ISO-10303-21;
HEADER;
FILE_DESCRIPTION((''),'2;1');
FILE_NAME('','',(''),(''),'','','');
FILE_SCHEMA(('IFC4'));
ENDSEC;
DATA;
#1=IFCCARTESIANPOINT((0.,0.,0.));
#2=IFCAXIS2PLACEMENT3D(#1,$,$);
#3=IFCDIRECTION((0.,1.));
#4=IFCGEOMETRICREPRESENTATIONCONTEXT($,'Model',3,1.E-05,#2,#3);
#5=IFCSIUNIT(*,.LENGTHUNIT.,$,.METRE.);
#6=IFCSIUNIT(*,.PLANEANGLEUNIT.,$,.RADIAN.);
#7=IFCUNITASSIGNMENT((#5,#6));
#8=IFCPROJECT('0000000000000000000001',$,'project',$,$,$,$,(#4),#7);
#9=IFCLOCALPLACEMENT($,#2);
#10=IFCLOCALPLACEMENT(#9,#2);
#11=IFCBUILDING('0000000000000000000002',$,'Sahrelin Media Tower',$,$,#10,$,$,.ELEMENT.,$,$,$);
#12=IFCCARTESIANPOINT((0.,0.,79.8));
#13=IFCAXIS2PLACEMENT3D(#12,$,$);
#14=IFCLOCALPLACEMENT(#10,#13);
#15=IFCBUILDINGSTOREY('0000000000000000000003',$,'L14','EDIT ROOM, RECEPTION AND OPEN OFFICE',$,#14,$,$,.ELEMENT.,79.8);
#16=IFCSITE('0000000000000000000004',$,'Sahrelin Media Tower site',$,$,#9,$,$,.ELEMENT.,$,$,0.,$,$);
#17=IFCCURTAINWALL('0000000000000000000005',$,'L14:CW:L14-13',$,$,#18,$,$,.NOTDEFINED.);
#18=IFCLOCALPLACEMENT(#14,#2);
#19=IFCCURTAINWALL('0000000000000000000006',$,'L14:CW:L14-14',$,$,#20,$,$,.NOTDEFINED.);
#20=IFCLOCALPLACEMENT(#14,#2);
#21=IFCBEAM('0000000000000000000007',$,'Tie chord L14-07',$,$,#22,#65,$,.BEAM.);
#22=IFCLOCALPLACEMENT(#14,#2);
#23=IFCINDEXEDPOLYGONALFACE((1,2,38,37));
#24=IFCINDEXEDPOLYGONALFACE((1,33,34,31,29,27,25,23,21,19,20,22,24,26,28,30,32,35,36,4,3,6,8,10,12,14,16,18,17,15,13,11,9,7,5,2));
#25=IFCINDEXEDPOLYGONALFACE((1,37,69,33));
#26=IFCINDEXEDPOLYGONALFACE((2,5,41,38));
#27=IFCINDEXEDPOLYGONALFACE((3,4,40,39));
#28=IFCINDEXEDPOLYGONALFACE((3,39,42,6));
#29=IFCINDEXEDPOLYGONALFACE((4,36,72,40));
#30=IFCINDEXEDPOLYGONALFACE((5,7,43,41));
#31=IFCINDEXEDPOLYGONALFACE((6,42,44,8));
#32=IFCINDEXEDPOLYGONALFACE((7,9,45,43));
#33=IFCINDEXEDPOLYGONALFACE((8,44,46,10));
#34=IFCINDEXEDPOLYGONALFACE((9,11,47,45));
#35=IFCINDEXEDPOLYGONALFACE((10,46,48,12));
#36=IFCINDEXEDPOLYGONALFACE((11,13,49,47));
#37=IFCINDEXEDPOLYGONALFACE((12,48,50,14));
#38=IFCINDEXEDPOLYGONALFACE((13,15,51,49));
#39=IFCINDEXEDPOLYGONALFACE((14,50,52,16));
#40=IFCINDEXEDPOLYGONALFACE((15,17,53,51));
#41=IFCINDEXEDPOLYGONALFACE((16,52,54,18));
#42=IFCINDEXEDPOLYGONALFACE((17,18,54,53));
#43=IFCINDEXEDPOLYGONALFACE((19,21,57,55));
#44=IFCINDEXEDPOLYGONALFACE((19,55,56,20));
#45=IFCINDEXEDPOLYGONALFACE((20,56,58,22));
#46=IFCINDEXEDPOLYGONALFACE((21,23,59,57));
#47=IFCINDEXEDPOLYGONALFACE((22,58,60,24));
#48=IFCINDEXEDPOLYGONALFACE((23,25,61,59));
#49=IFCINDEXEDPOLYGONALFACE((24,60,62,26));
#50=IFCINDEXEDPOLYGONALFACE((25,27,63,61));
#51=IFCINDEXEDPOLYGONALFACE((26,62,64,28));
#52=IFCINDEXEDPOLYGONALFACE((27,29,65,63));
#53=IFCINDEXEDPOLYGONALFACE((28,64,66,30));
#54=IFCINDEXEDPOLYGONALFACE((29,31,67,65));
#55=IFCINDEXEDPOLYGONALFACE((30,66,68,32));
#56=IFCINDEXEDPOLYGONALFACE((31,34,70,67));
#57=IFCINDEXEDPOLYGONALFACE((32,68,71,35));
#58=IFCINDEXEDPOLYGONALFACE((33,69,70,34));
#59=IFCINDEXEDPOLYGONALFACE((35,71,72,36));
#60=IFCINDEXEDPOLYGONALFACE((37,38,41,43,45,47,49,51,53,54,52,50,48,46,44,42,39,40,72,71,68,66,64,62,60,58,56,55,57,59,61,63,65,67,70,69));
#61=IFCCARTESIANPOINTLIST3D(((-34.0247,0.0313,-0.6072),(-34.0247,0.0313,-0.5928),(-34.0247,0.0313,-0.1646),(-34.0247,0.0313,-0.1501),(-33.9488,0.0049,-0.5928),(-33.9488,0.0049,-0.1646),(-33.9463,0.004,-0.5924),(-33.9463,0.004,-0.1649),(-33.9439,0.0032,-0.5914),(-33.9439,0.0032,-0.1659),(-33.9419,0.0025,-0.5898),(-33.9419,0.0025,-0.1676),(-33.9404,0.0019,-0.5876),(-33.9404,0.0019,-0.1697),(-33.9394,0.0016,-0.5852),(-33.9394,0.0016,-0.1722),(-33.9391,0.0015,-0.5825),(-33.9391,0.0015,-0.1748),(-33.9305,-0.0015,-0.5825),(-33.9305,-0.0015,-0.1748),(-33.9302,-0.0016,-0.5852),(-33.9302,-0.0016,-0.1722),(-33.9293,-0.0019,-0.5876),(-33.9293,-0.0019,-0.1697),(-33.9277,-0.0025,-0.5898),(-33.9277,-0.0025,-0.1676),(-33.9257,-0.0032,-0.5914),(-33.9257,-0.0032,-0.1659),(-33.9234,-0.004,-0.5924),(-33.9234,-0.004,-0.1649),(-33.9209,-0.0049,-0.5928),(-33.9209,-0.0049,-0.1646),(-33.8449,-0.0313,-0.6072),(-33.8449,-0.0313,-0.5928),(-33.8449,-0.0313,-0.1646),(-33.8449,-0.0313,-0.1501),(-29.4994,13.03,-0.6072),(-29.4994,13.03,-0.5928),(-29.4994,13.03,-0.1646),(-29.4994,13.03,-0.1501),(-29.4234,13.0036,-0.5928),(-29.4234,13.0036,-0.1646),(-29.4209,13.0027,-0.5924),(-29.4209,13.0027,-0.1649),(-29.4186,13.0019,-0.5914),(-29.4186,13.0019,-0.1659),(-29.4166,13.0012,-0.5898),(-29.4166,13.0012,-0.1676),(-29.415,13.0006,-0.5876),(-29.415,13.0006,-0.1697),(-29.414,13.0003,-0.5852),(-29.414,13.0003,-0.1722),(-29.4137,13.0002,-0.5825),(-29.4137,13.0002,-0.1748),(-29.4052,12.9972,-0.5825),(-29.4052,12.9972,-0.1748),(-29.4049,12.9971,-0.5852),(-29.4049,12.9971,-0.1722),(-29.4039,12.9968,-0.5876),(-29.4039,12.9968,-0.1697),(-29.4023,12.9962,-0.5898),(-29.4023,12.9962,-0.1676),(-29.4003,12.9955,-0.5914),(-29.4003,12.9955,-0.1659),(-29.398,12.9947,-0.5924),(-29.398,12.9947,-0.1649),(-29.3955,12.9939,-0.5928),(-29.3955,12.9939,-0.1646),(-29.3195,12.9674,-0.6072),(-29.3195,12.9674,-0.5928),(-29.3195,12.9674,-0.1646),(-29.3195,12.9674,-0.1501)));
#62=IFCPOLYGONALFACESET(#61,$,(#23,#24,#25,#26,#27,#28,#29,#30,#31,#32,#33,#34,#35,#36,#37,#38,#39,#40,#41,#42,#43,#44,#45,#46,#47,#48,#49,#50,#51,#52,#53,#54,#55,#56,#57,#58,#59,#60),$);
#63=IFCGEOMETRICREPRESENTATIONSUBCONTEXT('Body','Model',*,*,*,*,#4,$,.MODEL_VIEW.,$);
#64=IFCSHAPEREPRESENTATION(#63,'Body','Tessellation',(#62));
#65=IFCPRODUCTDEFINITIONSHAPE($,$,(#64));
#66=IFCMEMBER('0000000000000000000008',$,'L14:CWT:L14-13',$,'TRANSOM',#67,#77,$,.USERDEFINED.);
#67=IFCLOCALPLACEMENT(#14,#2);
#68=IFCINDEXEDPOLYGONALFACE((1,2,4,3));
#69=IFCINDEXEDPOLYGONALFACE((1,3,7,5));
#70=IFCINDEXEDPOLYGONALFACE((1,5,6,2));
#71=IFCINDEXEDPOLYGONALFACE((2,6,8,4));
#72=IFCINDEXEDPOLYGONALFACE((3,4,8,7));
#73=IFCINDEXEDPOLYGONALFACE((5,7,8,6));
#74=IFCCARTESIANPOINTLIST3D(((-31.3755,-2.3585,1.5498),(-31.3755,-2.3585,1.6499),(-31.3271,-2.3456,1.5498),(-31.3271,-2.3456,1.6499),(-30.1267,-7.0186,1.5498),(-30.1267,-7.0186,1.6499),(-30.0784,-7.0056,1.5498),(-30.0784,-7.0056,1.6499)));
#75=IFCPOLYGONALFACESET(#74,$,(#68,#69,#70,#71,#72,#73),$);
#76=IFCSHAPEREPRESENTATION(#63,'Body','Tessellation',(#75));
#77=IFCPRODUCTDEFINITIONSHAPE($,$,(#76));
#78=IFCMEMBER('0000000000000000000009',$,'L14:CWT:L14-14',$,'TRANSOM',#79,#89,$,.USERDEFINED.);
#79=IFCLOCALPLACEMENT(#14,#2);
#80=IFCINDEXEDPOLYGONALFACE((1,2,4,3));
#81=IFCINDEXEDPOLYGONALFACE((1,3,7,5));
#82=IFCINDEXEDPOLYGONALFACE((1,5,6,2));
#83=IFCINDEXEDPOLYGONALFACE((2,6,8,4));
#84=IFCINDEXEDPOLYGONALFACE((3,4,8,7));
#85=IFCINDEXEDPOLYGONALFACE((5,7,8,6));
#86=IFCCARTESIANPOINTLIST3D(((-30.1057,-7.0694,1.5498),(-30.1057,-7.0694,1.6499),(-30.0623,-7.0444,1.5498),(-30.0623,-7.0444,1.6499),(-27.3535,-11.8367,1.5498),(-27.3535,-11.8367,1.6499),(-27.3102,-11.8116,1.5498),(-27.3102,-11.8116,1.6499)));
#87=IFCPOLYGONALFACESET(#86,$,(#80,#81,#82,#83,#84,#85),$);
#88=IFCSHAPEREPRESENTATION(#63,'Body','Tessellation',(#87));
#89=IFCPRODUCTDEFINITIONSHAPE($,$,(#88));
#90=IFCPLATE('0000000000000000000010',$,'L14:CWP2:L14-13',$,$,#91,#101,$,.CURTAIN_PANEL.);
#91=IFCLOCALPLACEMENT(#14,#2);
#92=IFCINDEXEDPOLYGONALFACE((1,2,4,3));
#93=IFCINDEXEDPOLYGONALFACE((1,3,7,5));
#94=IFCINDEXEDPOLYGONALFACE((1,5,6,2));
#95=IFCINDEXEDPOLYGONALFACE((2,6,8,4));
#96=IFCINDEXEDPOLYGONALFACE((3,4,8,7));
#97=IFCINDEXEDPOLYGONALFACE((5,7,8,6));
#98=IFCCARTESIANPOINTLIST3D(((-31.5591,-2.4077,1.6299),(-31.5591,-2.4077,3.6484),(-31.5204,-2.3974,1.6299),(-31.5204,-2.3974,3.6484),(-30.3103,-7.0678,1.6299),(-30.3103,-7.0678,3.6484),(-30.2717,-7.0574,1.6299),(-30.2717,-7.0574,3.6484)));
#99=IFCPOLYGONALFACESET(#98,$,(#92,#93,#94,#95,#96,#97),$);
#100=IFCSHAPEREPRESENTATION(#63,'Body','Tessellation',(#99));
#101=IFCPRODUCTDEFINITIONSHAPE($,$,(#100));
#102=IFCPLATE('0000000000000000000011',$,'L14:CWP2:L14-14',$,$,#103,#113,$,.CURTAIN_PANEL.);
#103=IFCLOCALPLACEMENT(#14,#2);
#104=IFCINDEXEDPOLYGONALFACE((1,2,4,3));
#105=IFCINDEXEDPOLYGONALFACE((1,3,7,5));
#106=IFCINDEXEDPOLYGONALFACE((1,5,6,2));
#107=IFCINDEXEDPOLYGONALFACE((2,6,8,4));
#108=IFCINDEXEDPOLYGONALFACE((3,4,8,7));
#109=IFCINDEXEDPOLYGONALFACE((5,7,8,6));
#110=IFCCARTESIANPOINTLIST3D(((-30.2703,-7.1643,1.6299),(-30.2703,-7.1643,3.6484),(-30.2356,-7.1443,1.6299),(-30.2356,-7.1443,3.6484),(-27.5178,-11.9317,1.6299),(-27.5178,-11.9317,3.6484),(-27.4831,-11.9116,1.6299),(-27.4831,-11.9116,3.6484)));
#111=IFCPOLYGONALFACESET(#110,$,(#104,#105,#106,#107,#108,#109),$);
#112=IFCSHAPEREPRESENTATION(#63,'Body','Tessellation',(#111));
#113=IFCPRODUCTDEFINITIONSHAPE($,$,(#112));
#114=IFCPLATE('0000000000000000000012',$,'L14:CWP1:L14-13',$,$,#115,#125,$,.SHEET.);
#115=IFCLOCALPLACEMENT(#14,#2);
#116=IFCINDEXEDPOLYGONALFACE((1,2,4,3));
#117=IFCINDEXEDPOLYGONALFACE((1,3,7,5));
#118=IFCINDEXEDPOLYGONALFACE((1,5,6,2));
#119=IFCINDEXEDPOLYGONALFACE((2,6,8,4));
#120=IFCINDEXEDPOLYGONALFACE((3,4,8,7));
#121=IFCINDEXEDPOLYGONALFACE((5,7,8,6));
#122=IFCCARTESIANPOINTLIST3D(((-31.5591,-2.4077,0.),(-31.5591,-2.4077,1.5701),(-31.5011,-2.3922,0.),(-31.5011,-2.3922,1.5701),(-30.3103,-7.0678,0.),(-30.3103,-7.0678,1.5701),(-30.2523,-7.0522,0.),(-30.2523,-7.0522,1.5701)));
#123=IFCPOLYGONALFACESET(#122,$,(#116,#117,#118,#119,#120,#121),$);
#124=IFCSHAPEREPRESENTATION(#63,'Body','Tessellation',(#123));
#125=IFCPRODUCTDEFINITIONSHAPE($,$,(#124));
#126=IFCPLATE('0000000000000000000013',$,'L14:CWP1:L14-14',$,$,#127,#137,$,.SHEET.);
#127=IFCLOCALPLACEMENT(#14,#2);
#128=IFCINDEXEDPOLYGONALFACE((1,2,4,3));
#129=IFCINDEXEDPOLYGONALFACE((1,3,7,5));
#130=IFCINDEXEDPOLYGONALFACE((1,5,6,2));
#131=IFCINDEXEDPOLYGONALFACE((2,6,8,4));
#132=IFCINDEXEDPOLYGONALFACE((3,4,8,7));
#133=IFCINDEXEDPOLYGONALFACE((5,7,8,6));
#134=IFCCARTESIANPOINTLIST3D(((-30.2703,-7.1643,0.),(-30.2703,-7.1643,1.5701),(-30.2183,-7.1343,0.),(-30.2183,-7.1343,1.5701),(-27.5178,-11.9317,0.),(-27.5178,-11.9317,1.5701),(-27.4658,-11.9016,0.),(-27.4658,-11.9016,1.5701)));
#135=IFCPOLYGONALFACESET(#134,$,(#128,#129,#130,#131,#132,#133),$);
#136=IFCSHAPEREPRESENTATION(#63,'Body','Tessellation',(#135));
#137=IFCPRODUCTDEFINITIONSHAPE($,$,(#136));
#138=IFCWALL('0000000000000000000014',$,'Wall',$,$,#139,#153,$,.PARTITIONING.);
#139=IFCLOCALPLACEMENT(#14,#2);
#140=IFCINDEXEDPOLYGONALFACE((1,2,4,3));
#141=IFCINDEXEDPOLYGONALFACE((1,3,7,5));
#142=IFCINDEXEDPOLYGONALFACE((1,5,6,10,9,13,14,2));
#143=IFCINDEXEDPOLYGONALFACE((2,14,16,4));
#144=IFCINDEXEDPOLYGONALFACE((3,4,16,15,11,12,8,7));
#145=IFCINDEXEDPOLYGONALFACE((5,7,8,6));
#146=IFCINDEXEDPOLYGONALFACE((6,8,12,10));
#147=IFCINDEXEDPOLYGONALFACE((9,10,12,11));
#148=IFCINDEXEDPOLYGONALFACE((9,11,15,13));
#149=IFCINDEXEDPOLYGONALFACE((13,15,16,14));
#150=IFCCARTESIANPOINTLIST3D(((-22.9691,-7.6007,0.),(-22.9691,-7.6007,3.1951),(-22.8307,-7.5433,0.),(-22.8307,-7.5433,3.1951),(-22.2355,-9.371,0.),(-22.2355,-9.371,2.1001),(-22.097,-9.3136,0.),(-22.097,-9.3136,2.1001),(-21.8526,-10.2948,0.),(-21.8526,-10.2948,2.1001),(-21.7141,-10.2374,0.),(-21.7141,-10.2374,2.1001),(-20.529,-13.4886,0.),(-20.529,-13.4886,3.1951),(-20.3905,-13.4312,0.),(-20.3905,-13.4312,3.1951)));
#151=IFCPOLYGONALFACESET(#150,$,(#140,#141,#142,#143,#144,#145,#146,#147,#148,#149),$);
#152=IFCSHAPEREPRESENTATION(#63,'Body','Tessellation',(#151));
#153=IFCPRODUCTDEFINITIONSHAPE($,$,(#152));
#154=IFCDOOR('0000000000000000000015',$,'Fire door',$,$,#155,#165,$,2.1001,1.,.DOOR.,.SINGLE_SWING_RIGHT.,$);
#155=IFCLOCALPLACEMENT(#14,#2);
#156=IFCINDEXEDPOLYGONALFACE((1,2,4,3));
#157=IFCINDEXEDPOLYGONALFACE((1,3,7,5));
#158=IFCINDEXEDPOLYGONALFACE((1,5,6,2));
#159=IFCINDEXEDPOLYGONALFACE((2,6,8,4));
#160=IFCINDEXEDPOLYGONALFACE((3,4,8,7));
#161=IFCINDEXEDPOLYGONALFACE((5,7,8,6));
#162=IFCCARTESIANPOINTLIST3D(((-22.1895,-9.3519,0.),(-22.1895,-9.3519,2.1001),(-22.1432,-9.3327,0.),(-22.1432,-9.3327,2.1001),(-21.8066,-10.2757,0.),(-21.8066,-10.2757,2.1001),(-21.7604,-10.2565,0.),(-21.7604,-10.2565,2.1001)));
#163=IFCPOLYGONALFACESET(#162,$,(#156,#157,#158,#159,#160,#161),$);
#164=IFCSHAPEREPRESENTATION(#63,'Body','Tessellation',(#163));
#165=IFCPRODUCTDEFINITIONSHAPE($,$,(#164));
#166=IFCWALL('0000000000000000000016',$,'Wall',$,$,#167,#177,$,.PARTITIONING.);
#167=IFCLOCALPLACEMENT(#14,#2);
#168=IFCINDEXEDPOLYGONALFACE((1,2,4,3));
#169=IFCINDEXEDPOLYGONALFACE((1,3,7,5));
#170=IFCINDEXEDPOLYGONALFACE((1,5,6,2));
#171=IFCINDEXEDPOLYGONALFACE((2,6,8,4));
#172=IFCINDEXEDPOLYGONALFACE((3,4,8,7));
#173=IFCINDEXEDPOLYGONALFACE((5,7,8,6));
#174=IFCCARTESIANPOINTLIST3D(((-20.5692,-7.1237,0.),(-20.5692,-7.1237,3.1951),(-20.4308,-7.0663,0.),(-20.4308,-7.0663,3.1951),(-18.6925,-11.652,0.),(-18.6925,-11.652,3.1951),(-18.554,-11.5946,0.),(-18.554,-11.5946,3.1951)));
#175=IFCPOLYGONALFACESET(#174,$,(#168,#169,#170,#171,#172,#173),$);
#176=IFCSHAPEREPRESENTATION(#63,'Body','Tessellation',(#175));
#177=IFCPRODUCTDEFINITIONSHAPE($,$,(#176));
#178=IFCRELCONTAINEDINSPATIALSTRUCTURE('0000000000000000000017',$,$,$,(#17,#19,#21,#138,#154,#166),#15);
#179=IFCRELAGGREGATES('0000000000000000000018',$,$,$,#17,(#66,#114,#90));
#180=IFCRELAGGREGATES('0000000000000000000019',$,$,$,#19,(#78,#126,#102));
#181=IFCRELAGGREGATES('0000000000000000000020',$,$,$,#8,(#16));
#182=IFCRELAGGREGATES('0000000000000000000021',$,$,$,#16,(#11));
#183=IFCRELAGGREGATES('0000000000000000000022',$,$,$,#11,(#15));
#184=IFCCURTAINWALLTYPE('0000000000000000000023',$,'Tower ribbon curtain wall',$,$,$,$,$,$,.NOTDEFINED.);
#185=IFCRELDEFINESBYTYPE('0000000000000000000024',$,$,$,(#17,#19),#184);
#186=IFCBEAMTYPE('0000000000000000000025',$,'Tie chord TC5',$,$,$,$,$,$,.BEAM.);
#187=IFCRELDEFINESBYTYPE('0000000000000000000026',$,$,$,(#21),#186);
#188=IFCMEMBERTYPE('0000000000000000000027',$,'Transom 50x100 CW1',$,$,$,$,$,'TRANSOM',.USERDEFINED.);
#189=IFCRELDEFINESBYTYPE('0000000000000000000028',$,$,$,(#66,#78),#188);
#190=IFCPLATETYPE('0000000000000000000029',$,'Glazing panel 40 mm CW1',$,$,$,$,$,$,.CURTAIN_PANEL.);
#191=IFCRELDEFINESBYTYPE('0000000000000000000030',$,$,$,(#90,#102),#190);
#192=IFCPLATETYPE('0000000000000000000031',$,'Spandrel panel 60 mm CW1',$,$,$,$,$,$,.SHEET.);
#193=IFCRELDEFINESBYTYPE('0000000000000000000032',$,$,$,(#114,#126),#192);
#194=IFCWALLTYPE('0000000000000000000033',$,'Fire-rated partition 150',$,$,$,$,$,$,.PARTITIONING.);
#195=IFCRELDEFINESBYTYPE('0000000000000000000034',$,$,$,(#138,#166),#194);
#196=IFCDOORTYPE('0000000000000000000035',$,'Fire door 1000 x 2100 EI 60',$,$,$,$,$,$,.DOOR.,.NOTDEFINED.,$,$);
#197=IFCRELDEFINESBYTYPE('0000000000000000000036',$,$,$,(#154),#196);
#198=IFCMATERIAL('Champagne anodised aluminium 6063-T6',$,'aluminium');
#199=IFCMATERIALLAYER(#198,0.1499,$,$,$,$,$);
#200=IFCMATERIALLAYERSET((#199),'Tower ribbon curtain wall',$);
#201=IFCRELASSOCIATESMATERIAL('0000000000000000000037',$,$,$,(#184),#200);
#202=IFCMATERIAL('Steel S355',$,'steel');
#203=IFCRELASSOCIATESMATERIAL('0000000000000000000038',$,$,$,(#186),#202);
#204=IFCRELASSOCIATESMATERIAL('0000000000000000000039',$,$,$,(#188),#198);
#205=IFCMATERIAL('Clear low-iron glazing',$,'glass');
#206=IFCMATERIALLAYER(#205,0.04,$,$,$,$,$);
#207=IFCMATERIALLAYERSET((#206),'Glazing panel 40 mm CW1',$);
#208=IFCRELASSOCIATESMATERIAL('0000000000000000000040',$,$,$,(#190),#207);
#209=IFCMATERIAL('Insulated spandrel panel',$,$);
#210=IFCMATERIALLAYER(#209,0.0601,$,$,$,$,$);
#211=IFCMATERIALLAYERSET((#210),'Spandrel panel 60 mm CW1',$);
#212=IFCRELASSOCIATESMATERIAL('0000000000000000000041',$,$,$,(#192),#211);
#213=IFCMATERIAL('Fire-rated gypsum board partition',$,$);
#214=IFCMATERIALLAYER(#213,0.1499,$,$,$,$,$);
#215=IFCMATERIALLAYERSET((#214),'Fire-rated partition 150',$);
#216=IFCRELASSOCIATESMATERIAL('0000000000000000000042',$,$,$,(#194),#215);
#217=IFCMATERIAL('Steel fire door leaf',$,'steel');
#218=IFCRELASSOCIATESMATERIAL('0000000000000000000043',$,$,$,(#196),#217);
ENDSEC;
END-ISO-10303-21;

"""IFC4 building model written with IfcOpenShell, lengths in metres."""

from ifc_helpers import new_model, si_unit, direction, frame, frame_2d, origin, origin_2d, place, context, subcontext, project, spatial, polyline, rectangle, i_section, outline, extrude, material, layer, layer_set, material_profile, profile_set, type_object, element, fill, aggregate, save


model = new_model("IFC4")

# Units and contexts
model_context = context("Model", 3, precision=1e-05, world=origin(), true_north=direction((0.0, 1.0)))
body_context = subcontext(model_context, "Body", "Model", "MODEL_VIEW")
ifc_project = project(units=[si_unit("LENGTHUNIT", "METRE"), si_unit("PLANEANGLEUNIT", "RADIAN")], contexts=[model_context])

# Site, building, storey
site_placement = place(None, origin())
site = spatial("IfcSite", under=ifc_project, at=site_placement, Name="Sahrelin Media Tower site", CompositionType="ELEMENT", RefElevation=0.0)
building_placement = place(site_placement, origin())
building = spatial("IfcBuilding", under=site, at=building_placement, Name="Sahrelin Media Tower", CompositionType="ELEMENT")
storey_placement = place(building_placement, frame((0.0, 0.0, 79.8)))
storey = spatial("IfcBuildingStorey", under=building, at=storey_placement, Name="L14", Description="EDIT ROOM, RECEPTION AND OPEN OFFICE", CompositionType="ELEMENT", Elevation=79.8)

# Shared definitions
ifc_material_1 = material(Name="Steel S355", Category="steel")

# Curtain walls
ifc_material_2 = material(Name="Champagne anodised aluminium 6063-T6", Category="aluminium")
ifc_layer_1 = layer(ifc_material_2, 0.1499)
ifc_layer_set_1 = layer_set([ifc_layer_1], Name="Tower ribbon curtain wall")
curtain_wall_type = type_object("IfcCurtainWallType", Name="Tower ribbon curtain wall", PredefinedType="NOTDEFINED", material=ifc_layer_set_1)
curtain_wall_1_placement = place(storey_placement, frame((-30.9153, -4.7327, 0.0), z_axis=(0.0, 0.0, 1.0), x_axis=(1.0, 0.0, 0.0)))
curtain_wall_1 = element("IfcCurtainWall", 1, at=curtain_wall_1_placement, inside=storey, type_object=curtain_wall_type, Name="L14:CW:L14-13", PredefinedType="NOTDEFINED")
curtain_wall_2_placement = place(storey_placement, frame((-28.8767, -9.5381, 0.0), z_axis=(0.0, 0.0, 1.0), x_axis=(1.0, 0.0, 0.0)))
curtain_wall_2 = element("IfcCurtainWall", 2, at=curtain_wall_2_placement, inside=storey, type_object=curtain_wall_type, Name="L14:CW:L14-14", PredefinedType="NOTDEFINED")

# Beam
ifc_material_profile_1 = material_profile(ifc_material_1, i_section(OverallWidth=0.1904, OverallDepth=0.457, WebThickness=0.009, FlangeThickness=0.0144, FilletRadius=0.0103, at=origin_2d()), Name="UB 457x191x74")
ifc_profile_set_1 = profile_set([ifc_material_profile_1], Name="Steel S355")
beam_type_1 = type_object("IfcBeamType", Name="Tie chord TC5", PredefinedType="BEAM", material=ifc_profile_set_1)
beam_1_placement = place(storey_placement, frame((-33.9348, 0.0, -0.3787), z_axis=(0.328785, 0.944405, 0.0), x_axis=(-0.944405, 0.328785, 0.0)))
element("IfcBeam", 3, at=beam_1_placement, inside=storey, type_object=beam_type_1, Name="Tie chord L14-07", PredefinedType="BEAM", context=body_context, shape_type="SweptSolid", body=[
    extrude(i_section(OverallWidth=0.1904, OverallDepth=0.457, WebThickness=0.009, FlangeThickness=0.0144, FilletRadius=0.0103, at=origin_2d()), origin(), (0.0, 0.0, 1.0), 13.7639),
])

# Members
ifc_material_profile_2 = material_profile(ifc_material_2, rectangle(XDim=0.05, YDim=0.1001, at=origin_2d()), Name="Transom 50x100")
ifc_profile_set_2 = profile_set([ifc_material_profile_2], Name="Champagne anodised aluminium 6063-T6")
member_type_1 = type_object("IfcMemberType", Name="Transom 50x100 CW1", ElementType="TRANSOM", PredefinedType="USERDEFINED", material=ifc_profile_set_2)
member_1_placement = place(storey_placement, frame((-31.3513, -2.3521, 1.5999), z_axis=(0.258837, -0.965921, 0.0), x_axis=(0.965921, 0.258837, 0.0)))
member_1 = element("IfcMember", 4, at=member_1_placement, type_object=member_type_1, Name="L14:CWT:L14-13", ObjectType="TRANSOM", PredefinedType="USERDEFINED", context=body_context, shape_type="SweptSolid", body=[
    extrude(rectangle(XDim=0.05, YDim=0.1001, at=origin_2d()), origin(), (0.0, 0.0, 1.0), 4.8245),
])
member_2_placement = place(storey_placement, frame((-30.084, -7.0569, 1.5999), z_axis=(0.499969, -0.866043, 0.0), x_axis=(0.866043, 0.499969, 0.0)))
member_2 = element("IfcMember", 5, at=member_2_placement, type_object=member_type_1, Name="L14:CWT:L14-14", ObjectType="TRANSOM", PredefinedType="USERDEFINED", context=body_context, shape_type="SweptSolid", body=[
    extrude(rectangle(XDim=0.05, YDim=0.1001, at=origin_2d()), origin(), (0.0, 0.0, 1.0), 5.5046),
])

# Plates
ifc_material_3 = material(Name="Clear low-iron glazing", Category="glass")
ifc_layer_2 = layer(ifc_material_3, 0.04)
ifc_layer_set_2 = layer_set([ifc_layer_2], Name="Glazing panel 40 mm CW1")
plate_type_1 = type_object("IfcPlateType", Name="Glazing panel 40 mm CW1", PredefinedType="CURTAIN_PANEL", material=ifc_layer_set_2)
plate_1_placement = place(storey_placement, frame((-31.5591, -2.4077, 1.6299), z_axis=(-0.965921, -0.258837, 0.0), x_axis=(0.258837, -0.965921, 0.0)))
plate_1 = element("IfcPlate", 6, at=plate_1_placement, type_object=plate_type_1, Name="L14:CWP2:L14-13", PredefinedType="CURTAIN_PANEL", context=body_context, shape_type="SweptSolid", body=[
    extrude(outline(polyline([(0.0, 0.0), (4.8245, 0.0), (4.8245, 2.0186), (0.0, 2.0186), (0.0, 0.0)])), origin(), (0.0, 0.0, -1.0), 0.04),
])
plate_2_placement = place(storey_placement, frame((-30.2703, -7.1643, 1.6299), z_axis=(-0.866024, -0.500003, 0.0), x_axis=(0.500003, -0.866024, 0.0)))
plate_2 = element("IfcPlate", 7, at=plate_2_placement, type_object=plate_type_1, Name="L14:CWP2:L14-14", PredefinedType="CURTAIN_PANEL", context=body_context, shape_type="SweptSolid", body=[
    extrude(outline(polyline([(0.0, 0.0), (5.5049, 0.0), (5.5049, 2.0186), (0.0, 2.0186), (0.0, 0.0)])), origin(), (0.0, 0.0, -1.0), 0.04),
])
ifc_material_4 = material(Name="Insulated spandrel panel")
ifc_layer_3 = layer(ifc_material_4, 0.0601)
ifc_layer_set_3 = layer_set([ifc_layer_3], Name="Spandrel panel 60 mm CW1")
plate_type_2 = type_object("IfcPlateType", Name="Spandrel panel 60 mm CW1", PredefinedType="SHEET", material=ifc_layer_set_3)
plate_3_placement = place(storey_placement, frame((-31.5591, -2.4077, 0.0), z_axis=(-0.965921, -0.258837, 0.0), x_axis=(0.258837, -0.965921, 0.0)))
plate_3 = element("IfcPlate", 8, at=plate_3_placement, type_object=plate_type_2, Name="L14:CWP1:L14-13", PredefinedType="SHEET", context=body_context, shape_type="SweptSolid", body=[
    extrude(outline(polyline([(0.0, 0.0), (4.8245, 0.0), (4.8245, 1.5701), (0.0, 1.5701), (0.0, 0.0)])), origin(), (0.0, 0.0, -1.0), 0.0601),
])
aggregate(curtain_wall_1, [member_1, plate_3, plate_1])
plate_4_placement = place(storey_placement, frame((-30.2703, -7.1643, 0.0), z_axis=(-0.866024, -0.500003, 0.0), x_axis=(0.500003, -0.866024, 0.0)))
plate_4 = element("IfcPlate", 9, at=plate_4_placement, type_object=plate_type_2, Name="L14:CWP1:L14-14", PredefinedType="SHEET", context=body_context, shape_type="SweptSolid", body=[
    extrude(outline(polyline([(0.0, 0.0), (5.5049, 0.0), (5.5049, 1.5701), (0.0, 1.5701), (0.0, 0.0)])), origin(), (0.0, 0.0, -1.0), 0.0601),
])
aggregate(curtain_wall_2, [member_2, plate_4, plate_2])

# Wall, opening, door
ifc_material_5 = material(Name="Fire-rated gypsum board partition")
ifc_layer_4 = layer(ifc_material_5, 0.1499)
ifc_layer_set_4 = layer_set([ifc_layer_4], Name="Fire-rated partition 150")
wall_type_1 = type_object("IfcWallType", Name="Fire-rated partition 150", PredefinedType="PARTITIONING", material=ifc_layer_set_4)
wall_1_placement = place(storey_placement, frame((-22.8999, -7.572, 0.0), z_axis=(0.0, 0.0, 1.0), x_axis=(0.38286, -0.923806, 0.0)))
wall_1 = element("IfcWall", 10, at=wall_1_placement, inside=storey, type_object=wall_type_1, Name="Wall", PredefinedType="PARTITIONING", context=body_context, shape_type="SweptSolid", body=[
    extrude(rectangle(XDim=6.3735, YDim=0.1499, at=frame_2d((3.1868, 0.0))), origin(), (0.0, 0.0, 1.0), 3.1951),
])
opening_1_placement = place(wall_1_placement, frame((1.9163, 0.0, 0.0)))
opening_1 = element("IfcOpeningElement", 11, at=opening_1_placement, cuts=wall_1, PredefinedType="OPENING", context=body_context, shape_type="SweptSolid", body=[
    extrude(rectangle(XDim=1.0, YDim=2.1001, at=frame_2d((0.5, 1.05))), frame((0.0, 0.075, 0.0), z_axis=(0.0, -1.0, 0.0), x_axis=(1.0, 0.0, 0.0)), (0.0, 0.0, 1.0), 0.1499),
])
ifc_material_6 = material(Name="Steel fire door leaf", Category="steel")
door_type_1 = type_object("IfcDoorType", Name="Fire door 1000 x 2100 EI 60", OperationType="NOTDEFINED", PredefinedType="DOOR", material=ifc_material_6)
door_1_placement = place(opening_1_placement, origin())
door_1 = element("IfcDoor", 12, at=door_1_placement, inside=storey, type_object=door_type_1, Name="Fire door", OperationType="SINGLE_SWING_RIGHT", OverallHeight=2.1001, OverallWidth=1.0, PredefinedType="DOOR", context=body_context, shape_type="SweptSolid", body=[
    extrude(rectangle(XDim=1.0, YDim=2.1001, at=frame_2d((0.5, 1.05))), frame((0.0, 0.0249, 0.0), z_axis=(0.0, -1.0, 0.0), x_axis=(1.0, 0.0, 0.0)), (0.0, 0.0, 1.0), 0.05),
])
fill(opening_1, door_1)

# Wall
wall_2_placement = place(storey_placement, frame((-20.5, -7.095, 0.0), z_axis=(0.0, 0.0, 1.0), x_axis=(0.382861, -0.923806, 0.0)))
element("IfcWall", 13, at=wall_2_placement, inside=storey, type_object=wall_type_1, Name="Wall", PredefinedType="PARTITIONING", context=body_context, shape_type="SweptSolid", body=[
    extrude(rectangle(XDim=4.9019, YDim=0.1499, at=frame_2d((2.4509, 0.0))), origin(), (0.0, 0.0, 1.0), 3.1951),
])

save(model, "model.ifc")
